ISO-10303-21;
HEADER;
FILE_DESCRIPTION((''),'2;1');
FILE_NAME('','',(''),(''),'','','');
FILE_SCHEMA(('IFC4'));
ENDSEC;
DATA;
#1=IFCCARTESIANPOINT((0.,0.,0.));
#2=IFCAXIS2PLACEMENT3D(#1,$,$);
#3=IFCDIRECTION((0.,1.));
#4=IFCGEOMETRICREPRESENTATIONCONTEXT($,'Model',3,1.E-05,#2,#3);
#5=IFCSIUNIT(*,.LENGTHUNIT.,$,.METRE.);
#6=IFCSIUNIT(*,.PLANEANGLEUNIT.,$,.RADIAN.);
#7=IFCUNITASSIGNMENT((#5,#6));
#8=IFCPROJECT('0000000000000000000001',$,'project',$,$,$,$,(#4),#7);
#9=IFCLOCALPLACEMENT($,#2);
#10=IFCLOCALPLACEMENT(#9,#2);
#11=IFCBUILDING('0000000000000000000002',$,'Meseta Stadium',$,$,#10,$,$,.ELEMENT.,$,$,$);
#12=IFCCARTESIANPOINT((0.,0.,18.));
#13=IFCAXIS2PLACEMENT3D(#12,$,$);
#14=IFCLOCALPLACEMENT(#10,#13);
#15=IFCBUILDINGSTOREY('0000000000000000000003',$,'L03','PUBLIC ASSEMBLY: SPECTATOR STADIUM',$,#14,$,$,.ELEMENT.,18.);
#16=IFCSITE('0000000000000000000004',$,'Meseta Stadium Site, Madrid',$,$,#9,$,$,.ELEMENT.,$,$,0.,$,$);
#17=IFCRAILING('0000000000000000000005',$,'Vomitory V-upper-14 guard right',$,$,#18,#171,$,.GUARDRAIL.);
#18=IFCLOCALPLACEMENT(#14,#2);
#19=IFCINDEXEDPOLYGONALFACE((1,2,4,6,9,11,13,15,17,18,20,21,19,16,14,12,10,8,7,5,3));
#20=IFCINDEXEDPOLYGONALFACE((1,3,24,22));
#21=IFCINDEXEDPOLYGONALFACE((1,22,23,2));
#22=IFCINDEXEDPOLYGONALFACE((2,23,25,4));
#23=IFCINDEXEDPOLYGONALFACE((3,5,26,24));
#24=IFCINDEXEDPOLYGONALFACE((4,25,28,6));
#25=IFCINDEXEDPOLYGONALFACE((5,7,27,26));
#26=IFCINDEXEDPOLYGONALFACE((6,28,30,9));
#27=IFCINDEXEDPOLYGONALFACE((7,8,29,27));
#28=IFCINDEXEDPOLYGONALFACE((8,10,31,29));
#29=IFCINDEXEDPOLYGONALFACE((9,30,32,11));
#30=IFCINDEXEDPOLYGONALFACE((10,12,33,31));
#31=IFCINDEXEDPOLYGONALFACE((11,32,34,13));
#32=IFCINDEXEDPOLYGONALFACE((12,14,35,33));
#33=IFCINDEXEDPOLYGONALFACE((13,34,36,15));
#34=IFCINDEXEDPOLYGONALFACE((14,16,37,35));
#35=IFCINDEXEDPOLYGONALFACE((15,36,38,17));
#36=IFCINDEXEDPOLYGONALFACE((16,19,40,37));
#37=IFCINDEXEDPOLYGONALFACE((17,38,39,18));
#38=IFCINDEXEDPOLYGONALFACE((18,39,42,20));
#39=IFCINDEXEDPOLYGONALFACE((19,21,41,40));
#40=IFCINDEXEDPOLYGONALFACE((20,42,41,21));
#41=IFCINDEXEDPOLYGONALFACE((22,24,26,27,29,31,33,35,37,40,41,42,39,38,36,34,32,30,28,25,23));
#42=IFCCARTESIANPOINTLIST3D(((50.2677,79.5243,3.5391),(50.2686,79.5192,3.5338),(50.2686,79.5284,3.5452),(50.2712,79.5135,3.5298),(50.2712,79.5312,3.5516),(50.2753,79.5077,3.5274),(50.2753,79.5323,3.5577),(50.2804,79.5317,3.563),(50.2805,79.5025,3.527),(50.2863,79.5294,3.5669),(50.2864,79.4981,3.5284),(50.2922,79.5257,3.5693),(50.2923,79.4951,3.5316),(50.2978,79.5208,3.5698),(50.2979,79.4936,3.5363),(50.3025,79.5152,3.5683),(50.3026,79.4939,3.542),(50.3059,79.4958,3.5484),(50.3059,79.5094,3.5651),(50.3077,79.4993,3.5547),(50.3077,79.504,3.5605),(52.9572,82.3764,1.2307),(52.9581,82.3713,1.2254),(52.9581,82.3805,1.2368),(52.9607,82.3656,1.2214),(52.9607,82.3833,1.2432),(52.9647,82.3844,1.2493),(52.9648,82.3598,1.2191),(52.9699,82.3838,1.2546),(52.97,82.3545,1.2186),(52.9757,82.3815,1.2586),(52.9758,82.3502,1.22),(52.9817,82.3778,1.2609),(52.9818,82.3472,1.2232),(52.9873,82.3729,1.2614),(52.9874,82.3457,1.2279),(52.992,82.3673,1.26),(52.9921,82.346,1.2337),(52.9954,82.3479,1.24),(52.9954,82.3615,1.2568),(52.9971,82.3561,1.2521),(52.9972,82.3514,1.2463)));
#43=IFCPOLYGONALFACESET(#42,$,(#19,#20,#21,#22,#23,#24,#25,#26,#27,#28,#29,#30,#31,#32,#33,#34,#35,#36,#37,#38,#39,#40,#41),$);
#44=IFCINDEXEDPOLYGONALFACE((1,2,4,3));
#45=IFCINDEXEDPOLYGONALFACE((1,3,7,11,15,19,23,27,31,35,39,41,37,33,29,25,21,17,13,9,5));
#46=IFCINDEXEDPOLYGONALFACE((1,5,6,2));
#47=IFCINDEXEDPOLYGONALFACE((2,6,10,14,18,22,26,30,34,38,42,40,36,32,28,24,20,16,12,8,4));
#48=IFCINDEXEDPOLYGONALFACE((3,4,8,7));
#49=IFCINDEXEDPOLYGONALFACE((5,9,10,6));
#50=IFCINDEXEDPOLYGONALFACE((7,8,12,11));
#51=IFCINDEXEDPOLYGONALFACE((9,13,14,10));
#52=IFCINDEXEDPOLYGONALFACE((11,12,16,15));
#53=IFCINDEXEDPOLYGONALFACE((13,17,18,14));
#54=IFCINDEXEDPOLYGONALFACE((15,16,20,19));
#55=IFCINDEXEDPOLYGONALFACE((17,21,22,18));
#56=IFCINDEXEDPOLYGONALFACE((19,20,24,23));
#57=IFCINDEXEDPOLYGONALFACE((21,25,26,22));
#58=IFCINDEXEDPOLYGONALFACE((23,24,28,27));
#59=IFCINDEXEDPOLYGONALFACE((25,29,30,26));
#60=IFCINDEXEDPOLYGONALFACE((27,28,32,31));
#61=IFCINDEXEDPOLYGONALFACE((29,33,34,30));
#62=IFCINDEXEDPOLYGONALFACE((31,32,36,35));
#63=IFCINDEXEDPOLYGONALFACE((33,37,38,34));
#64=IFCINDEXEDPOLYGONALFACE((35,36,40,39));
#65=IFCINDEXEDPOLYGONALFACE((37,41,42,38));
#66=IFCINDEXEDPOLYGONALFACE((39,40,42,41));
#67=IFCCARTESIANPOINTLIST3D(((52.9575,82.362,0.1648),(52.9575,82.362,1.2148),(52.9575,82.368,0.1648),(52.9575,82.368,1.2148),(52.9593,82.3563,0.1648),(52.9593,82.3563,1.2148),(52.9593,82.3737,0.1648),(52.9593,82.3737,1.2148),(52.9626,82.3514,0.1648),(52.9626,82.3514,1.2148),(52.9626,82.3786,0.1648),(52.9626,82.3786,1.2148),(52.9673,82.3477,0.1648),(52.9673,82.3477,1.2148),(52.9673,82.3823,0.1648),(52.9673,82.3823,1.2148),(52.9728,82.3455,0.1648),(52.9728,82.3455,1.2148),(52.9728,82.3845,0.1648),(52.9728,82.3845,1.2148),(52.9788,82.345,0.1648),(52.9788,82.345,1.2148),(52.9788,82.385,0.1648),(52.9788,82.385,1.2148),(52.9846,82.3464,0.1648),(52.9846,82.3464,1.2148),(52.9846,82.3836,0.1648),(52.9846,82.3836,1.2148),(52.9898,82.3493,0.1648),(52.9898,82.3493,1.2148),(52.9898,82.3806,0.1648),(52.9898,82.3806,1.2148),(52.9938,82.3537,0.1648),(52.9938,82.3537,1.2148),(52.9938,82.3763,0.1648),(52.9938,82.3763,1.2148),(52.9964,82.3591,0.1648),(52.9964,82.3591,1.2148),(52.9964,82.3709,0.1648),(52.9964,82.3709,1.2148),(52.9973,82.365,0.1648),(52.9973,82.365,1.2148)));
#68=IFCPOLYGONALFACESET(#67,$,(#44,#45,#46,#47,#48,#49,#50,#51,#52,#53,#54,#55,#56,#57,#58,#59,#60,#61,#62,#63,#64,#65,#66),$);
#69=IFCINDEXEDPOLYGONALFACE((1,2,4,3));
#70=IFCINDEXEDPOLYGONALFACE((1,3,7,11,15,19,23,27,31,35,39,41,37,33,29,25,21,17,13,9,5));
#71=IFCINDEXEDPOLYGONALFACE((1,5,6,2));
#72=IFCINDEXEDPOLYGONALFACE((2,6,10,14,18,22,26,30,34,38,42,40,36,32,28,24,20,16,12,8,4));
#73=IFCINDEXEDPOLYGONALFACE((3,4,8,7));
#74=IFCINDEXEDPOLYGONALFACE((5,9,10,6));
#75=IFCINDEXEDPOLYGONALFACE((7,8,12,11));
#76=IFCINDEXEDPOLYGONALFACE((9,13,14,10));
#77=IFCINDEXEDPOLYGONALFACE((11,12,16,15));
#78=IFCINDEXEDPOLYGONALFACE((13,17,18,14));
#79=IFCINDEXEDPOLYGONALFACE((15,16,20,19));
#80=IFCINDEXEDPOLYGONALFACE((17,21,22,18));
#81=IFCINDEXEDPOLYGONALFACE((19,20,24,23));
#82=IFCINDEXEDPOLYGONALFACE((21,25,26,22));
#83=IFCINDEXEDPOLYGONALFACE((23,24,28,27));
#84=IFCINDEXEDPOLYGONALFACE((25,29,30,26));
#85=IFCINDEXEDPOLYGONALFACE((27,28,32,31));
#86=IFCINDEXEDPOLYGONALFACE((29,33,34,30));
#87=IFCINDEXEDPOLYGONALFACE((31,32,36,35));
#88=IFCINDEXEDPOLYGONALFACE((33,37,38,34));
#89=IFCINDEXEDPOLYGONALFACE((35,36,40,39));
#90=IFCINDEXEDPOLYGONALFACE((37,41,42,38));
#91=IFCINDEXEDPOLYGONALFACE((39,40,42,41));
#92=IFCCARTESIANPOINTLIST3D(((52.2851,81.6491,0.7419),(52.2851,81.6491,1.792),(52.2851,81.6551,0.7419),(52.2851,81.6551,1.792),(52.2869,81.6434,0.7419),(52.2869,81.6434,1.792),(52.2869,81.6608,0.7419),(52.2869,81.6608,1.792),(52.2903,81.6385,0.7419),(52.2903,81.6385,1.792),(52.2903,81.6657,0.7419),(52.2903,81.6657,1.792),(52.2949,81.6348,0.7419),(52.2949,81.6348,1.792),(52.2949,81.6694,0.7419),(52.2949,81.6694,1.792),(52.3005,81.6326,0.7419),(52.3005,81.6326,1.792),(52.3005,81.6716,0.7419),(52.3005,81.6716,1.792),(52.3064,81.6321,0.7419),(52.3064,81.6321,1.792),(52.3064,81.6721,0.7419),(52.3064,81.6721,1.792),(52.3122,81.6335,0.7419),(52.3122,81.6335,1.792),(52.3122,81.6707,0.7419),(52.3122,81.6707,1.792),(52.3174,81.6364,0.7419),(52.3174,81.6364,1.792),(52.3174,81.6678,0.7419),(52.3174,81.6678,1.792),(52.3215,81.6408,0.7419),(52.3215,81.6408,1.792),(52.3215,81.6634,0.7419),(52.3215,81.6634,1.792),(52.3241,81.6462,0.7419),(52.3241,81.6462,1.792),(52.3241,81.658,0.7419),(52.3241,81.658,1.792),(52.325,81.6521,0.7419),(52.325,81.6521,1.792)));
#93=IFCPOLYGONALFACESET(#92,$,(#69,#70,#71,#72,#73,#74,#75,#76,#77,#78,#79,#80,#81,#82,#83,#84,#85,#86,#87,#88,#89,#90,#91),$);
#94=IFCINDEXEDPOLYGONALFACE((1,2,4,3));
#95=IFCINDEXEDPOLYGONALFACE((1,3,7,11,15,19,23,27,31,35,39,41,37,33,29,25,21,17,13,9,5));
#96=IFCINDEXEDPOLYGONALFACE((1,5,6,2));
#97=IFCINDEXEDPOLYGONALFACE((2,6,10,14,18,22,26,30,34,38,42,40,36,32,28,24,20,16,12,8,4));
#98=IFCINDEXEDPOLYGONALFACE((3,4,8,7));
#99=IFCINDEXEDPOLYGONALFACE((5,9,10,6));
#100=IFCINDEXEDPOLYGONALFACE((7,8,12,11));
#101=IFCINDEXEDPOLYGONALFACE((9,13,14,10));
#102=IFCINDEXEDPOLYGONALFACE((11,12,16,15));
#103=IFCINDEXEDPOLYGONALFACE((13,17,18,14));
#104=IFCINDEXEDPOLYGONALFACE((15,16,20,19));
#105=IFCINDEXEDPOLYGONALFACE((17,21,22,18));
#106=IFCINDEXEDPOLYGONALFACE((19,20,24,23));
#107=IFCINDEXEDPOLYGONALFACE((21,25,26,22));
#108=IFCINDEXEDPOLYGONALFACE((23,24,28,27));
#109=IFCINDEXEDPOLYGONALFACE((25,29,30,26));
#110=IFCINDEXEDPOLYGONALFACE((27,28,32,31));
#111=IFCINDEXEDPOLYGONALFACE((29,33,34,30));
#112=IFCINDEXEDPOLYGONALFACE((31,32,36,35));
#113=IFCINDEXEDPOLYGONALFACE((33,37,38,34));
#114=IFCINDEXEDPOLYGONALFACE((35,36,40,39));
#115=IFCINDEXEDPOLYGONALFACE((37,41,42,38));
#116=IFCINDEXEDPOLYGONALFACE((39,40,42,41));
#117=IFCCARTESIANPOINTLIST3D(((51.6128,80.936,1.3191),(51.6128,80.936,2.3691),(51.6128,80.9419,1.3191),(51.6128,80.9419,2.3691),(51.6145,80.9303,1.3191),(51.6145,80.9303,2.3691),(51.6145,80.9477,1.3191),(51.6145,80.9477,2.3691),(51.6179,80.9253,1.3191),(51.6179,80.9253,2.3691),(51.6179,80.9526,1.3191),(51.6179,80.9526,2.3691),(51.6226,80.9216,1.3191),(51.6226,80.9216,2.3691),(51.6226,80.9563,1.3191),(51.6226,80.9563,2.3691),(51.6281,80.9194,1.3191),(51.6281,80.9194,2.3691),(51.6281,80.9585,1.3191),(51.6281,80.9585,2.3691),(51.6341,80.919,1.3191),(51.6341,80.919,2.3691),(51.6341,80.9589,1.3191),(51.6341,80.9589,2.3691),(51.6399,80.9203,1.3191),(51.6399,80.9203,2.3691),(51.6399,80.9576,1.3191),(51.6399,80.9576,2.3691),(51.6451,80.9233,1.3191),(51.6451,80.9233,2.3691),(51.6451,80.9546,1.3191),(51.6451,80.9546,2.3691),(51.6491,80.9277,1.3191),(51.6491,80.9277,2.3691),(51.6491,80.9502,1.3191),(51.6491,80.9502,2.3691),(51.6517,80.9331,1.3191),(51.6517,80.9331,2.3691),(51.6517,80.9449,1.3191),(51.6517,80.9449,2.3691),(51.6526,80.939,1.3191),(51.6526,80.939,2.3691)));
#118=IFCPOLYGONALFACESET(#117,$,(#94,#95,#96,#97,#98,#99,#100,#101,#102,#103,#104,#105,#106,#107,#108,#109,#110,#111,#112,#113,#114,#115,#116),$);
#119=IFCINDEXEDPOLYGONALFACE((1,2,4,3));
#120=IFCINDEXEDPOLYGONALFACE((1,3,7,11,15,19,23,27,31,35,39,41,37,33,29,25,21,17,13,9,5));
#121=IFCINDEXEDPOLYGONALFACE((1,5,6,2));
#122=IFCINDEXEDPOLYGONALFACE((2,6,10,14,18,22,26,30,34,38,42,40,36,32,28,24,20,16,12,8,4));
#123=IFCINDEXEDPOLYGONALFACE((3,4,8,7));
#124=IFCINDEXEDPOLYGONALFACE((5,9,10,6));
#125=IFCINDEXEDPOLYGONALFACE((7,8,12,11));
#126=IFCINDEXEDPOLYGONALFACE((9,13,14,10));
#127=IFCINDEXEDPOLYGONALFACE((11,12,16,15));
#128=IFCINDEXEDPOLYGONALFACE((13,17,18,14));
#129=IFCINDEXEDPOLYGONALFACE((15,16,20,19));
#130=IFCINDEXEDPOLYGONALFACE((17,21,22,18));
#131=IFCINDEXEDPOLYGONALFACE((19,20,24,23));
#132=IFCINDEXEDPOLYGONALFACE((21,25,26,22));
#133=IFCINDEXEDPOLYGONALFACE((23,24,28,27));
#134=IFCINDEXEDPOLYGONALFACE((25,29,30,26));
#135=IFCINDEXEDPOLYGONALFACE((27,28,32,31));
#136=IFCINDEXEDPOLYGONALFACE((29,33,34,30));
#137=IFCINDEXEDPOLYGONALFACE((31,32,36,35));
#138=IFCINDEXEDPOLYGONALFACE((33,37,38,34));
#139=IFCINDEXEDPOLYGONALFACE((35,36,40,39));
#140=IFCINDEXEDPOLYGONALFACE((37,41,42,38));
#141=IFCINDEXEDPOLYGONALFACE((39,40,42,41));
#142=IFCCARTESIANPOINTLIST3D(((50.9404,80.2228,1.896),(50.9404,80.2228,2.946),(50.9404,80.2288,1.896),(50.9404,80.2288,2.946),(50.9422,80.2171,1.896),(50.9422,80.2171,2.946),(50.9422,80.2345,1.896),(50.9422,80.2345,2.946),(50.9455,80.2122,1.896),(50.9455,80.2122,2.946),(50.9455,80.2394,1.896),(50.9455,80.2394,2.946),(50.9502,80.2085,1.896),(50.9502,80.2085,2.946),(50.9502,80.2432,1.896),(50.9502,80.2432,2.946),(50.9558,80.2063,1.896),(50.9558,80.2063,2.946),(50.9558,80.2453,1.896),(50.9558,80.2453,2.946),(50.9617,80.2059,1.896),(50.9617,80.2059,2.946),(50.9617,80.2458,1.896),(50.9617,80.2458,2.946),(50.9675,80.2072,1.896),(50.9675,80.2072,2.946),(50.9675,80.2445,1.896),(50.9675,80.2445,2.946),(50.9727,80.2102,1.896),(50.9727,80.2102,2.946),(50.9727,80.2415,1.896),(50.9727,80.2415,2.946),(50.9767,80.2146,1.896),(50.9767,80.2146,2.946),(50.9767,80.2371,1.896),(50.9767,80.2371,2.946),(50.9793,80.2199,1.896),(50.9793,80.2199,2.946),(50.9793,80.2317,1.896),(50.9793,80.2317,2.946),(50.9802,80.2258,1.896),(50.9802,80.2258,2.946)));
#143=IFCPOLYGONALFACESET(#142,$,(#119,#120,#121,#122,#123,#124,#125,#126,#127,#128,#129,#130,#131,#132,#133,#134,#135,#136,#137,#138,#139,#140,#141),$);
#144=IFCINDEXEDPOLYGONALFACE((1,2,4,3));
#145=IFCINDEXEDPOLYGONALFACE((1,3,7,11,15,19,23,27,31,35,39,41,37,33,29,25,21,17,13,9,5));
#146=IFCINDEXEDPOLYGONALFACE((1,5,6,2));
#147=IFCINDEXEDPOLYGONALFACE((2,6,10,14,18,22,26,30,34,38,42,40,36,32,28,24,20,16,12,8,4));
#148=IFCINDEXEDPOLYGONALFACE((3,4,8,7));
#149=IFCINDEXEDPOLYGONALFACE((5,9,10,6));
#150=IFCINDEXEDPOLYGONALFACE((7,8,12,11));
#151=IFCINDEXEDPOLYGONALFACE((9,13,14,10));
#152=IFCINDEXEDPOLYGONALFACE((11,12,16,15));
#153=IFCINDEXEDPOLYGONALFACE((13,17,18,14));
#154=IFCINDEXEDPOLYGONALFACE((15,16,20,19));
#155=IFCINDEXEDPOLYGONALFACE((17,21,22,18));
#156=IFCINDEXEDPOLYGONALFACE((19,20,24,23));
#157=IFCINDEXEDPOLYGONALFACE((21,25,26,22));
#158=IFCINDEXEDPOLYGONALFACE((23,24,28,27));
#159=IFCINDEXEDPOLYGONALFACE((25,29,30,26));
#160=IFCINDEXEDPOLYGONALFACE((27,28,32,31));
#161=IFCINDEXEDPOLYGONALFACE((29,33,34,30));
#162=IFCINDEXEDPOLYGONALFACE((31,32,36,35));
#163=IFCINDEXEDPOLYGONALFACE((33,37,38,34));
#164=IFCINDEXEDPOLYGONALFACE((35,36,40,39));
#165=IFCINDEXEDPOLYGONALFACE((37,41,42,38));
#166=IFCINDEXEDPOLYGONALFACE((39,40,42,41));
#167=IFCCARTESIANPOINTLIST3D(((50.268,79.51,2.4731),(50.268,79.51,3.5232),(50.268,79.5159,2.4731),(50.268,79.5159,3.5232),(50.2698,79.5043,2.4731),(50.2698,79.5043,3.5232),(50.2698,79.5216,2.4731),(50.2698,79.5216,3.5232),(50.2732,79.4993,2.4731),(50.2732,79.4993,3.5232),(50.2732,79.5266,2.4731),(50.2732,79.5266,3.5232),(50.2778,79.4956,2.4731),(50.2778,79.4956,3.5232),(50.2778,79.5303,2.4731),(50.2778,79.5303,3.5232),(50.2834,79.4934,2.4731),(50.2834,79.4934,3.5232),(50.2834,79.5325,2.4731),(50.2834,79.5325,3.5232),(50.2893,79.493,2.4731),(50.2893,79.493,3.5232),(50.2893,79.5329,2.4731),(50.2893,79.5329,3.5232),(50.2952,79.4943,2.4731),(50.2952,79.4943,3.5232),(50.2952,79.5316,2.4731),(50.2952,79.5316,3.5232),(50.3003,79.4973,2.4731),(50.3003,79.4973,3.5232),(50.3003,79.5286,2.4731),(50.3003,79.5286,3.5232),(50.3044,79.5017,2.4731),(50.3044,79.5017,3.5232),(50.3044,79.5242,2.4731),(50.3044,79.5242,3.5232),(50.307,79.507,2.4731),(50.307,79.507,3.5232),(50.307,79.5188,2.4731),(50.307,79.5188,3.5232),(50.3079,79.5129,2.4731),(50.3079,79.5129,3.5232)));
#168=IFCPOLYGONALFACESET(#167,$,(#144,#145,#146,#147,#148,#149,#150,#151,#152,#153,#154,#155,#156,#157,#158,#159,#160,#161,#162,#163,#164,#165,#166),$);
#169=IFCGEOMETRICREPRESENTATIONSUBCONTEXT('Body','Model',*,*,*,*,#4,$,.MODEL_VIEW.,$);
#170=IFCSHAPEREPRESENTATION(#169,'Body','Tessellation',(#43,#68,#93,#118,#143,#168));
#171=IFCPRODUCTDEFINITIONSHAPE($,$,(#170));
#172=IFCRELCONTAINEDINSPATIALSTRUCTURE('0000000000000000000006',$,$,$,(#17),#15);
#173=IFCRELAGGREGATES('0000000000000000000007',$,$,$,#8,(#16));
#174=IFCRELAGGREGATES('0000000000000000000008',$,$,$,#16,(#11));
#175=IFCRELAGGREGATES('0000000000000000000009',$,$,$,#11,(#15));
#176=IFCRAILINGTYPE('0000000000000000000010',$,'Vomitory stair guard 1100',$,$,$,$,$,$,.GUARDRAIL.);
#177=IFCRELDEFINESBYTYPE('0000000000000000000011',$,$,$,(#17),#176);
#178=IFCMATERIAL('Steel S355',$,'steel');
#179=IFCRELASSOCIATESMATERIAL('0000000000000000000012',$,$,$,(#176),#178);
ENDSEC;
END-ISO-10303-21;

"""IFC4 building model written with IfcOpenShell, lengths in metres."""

from ifc_helpers import new_model, si_unit, direction, frame, origin, origin_2d, place, context, subcontext, project, spatial, circle, extrude, material, type_object, element, save


model = new_model("IFC4")

# Units and contexts
model_context = context("Model", 3, precision=1e-05, world=origin(), true_north=direction((0.0, 1.0)))
body_context = subcontext(model_context, "Body", "Model", "MODEL_VIEW")
ifc_project = project(units=[si_unit("LENGTHUNIT", "METRE"), si_unit("PLANEANGLEUNIT", "RADIAN")], contexts=[model_context])

# Site, building, storey
site_placement = place(None, origin())
site = spatial("IfcSite", under=ifc_project, at=site_placement, Name="Meseta Stadium Site, Madrid", CompositionType="ELEMENT", RefElevation=0.0)
building_placement = place(site_placement, origin())
building = spatial("IfcBuilding", under=site, at=building_placement, Name="Meseta Stadium", CompositionType="ELEMENT")
storey_placement = place(building_placement, frame((0.0, 0.0, 18.0)))
storey = spatial("IfcBuildingStorey", under=building, at=storey_placement, Name="L03", Description="PUBLIC ASSEMBLY: SPECTATOR STADIUM", CompositionType="ELEMENT", Elevation=18.0)

# Railing
ifc_material_1 = material(Name="Steel S355", Category="steel")
railing_type_1 = type_object("IfcRailingType", Name="Vomitory stair guard 1100", PredefinedType="GUARDRAIL", material=ifc_material_1)
for number, where, name in (
    (1, (52.9773, 82.365, 0.1648), "Vomitory V-upper-14 guard right"),
):
    element("IfcRailing", number, at=place(storey_placement, frame(where)), inside=storey, type_object=railing_type_1, Name=name, PredefinedType="GUARDRAIL", context=body_context, shape_type="SweptSolid", body=[
        extrude(circle(Radius=0.0249, at=origin_2d()), frame((0.0, 0.0, 1.0752), z_axis=(-0.591184, -0.626925, 0.507411), x_axis=(0.727541, -0.686064, 0.0)), (0.0, 0.0, 1.0), 4.5493),
        extrude(circle(Radius=0.02, at=origin_2d()), origin(), (0.0, 0.0, 1.0), 1.05),
        extrude(circle(Radius=0.02, at=origin_2d()), frame((-0.6724, -0.7129, 0.5771)), (0.0, 0.0, 1.0), 1.05),
        extrude(circle(Radius=0.02, at=origin_2d()), frame((-1.3447, -1.426, 1.1543)), (0.0, 0.0, 1.0), 1.05),
        extrude(circle(Radius=0.02, at=origin_2d()), frame((-2.0171, -2.1392, 1.7312)), (0.0, 0.0, 1.0), 1.05),
        extrude(circle(Radius=0.02, at=origin_2d()), frame((-2.6895, -2.8521, 2.3083)), (0.0, 0.0, 1.0), 1.05),
    ])

save(model, "model.ifc")
